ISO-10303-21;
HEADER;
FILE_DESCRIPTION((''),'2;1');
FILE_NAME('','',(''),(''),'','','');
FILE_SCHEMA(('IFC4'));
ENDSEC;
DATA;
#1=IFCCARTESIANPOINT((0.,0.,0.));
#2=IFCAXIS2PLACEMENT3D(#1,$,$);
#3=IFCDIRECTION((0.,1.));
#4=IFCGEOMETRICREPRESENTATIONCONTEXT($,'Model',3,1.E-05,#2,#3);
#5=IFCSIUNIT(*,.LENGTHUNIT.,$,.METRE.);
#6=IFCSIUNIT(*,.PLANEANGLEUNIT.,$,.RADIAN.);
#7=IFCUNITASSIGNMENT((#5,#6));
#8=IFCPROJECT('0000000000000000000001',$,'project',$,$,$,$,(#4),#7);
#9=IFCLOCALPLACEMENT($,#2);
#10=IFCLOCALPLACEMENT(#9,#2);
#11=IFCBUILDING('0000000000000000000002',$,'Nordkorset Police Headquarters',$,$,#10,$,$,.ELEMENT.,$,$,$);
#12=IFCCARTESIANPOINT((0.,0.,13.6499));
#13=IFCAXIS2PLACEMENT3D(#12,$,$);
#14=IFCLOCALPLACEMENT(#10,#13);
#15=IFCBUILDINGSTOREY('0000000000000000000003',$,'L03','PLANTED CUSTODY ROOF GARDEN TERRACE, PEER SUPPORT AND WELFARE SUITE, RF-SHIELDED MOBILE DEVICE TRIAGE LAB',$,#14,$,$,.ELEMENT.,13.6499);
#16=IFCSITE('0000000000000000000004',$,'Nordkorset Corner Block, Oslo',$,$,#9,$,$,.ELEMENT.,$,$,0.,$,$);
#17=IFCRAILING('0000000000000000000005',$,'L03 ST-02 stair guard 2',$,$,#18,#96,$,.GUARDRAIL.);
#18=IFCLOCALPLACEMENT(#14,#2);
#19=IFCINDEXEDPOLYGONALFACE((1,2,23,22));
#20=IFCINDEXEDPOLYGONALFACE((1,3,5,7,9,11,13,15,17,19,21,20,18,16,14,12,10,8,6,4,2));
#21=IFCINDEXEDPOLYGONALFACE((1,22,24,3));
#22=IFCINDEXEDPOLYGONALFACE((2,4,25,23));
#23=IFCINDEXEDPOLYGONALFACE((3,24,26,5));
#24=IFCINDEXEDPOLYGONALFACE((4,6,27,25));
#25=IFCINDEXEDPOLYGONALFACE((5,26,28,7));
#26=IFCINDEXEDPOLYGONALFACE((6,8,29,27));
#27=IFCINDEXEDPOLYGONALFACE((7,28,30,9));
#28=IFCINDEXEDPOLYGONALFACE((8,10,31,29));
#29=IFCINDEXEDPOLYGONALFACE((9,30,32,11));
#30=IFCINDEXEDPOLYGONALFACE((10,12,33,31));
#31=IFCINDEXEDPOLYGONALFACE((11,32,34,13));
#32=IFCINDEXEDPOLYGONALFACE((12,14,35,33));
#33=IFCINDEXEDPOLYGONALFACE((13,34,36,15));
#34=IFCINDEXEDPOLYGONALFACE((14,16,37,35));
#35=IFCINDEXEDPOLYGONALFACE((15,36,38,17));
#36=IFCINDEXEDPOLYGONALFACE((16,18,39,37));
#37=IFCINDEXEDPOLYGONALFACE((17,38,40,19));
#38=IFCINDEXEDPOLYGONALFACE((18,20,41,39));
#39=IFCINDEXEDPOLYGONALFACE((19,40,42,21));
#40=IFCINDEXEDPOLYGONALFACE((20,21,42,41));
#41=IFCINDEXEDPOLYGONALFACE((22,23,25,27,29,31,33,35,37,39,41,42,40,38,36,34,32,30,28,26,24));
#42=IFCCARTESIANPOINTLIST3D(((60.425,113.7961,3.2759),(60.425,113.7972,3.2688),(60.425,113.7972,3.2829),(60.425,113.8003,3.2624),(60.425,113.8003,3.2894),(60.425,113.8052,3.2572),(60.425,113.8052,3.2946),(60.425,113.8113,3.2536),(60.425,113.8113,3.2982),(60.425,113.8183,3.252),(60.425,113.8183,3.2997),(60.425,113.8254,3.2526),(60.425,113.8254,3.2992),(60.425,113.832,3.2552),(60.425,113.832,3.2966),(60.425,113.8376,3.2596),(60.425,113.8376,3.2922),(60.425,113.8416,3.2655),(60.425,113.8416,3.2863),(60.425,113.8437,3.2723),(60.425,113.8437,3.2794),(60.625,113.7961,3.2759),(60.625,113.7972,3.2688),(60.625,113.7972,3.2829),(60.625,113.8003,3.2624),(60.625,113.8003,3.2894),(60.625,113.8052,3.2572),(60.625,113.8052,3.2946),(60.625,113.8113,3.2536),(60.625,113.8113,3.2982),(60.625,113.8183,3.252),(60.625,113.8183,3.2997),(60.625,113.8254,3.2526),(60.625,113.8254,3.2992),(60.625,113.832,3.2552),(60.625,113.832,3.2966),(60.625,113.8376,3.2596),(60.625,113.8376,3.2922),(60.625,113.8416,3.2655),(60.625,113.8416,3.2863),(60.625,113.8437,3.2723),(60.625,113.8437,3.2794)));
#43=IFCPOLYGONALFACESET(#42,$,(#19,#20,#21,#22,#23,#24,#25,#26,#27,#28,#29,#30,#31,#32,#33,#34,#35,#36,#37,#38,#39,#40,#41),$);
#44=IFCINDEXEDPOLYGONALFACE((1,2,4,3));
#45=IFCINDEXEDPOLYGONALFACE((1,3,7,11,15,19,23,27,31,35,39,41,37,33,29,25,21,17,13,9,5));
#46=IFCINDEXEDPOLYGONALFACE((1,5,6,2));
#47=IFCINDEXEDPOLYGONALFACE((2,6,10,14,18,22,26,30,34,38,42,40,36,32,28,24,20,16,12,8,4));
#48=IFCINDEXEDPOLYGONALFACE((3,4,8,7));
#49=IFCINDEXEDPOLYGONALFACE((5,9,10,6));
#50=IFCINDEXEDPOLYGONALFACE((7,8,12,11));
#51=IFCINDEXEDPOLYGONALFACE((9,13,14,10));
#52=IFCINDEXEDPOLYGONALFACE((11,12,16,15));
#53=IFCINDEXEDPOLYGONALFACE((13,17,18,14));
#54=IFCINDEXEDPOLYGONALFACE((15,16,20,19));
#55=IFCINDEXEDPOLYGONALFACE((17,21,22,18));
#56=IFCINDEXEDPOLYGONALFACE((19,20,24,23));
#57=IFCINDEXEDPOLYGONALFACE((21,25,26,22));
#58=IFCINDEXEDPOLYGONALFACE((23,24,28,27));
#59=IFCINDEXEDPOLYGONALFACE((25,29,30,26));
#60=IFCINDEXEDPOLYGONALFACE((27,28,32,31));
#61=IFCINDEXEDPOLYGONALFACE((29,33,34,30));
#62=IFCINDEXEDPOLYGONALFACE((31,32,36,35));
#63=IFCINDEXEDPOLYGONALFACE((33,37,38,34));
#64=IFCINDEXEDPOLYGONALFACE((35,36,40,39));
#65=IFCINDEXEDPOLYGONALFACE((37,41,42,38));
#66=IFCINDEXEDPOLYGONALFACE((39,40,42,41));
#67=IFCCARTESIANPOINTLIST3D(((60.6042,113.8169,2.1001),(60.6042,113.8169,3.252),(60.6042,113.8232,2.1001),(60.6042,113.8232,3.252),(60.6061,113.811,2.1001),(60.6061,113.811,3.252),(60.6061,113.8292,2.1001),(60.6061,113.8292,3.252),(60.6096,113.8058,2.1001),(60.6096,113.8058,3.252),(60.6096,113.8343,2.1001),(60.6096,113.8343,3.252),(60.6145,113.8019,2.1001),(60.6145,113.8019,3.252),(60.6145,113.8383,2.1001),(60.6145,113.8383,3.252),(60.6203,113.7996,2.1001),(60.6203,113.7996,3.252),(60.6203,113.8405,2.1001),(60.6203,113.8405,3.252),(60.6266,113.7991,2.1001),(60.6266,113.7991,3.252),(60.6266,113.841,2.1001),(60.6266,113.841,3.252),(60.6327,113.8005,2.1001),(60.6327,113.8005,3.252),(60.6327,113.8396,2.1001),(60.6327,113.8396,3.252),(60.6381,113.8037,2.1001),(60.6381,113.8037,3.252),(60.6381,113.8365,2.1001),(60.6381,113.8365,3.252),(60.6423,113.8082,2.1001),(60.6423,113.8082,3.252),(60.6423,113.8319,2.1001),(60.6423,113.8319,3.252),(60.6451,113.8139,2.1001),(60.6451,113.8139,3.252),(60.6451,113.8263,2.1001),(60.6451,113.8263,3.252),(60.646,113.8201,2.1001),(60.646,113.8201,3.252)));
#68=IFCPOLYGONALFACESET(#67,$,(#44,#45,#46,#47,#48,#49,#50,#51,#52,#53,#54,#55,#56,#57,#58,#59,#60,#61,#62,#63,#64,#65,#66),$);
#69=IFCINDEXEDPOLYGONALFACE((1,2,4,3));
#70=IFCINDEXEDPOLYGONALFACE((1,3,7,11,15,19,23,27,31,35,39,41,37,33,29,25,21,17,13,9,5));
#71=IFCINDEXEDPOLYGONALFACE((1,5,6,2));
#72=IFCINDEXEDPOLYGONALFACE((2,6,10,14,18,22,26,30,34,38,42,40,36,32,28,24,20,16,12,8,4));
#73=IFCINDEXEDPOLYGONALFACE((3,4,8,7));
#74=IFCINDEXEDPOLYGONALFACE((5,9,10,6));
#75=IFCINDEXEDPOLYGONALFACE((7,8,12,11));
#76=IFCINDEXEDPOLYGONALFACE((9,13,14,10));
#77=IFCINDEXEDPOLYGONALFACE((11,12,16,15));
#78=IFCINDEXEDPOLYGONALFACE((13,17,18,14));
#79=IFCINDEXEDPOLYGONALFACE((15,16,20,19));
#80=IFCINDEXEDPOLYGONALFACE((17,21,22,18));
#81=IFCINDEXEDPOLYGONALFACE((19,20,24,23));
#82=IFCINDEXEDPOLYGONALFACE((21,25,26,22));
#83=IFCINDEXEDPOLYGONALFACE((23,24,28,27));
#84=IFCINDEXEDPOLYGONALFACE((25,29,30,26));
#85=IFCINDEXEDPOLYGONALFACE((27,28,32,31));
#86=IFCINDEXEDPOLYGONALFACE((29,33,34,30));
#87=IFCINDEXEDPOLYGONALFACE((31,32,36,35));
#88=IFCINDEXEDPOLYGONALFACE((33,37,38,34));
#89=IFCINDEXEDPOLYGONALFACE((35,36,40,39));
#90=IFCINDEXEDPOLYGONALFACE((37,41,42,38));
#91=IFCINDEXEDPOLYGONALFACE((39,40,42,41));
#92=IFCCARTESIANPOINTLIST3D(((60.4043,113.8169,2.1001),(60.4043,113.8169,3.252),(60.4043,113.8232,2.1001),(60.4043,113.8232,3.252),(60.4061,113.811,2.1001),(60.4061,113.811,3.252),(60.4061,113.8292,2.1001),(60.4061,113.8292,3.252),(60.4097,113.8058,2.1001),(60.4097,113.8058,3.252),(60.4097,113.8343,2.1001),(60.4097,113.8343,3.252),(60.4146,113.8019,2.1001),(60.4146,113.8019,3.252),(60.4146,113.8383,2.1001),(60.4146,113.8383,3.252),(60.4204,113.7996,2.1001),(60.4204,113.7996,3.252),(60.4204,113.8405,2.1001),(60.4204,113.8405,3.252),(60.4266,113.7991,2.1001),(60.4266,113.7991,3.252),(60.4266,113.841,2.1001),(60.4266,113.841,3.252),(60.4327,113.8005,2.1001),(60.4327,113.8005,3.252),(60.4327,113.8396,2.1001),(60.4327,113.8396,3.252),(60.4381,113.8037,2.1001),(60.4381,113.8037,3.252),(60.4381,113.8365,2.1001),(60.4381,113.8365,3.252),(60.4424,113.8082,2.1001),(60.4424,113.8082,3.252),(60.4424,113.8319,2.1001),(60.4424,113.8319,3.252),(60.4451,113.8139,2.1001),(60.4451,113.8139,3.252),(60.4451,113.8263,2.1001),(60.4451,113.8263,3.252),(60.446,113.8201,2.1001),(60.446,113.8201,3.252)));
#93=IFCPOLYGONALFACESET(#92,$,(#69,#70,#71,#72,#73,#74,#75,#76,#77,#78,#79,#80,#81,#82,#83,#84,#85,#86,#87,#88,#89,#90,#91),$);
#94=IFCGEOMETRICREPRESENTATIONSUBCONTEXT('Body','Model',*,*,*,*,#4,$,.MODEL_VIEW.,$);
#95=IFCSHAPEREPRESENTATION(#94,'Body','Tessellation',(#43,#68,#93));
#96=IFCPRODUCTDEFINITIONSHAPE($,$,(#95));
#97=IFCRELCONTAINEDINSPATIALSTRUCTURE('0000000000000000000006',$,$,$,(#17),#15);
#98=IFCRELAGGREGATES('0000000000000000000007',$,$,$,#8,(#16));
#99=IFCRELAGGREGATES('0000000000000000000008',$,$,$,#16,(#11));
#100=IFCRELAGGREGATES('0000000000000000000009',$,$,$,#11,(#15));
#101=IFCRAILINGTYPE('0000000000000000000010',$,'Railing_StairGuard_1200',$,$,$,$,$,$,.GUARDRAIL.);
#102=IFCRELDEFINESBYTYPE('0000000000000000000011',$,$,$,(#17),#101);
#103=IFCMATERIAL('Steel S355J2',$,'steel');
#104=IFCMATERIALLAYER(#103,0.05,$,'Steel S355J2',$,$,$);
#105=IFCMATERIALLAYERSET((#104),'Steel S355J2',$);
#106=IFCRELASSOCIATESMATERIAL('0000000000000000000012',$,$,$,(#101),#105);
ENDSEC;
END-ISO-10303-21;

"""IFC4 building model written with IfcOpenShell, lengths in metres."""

from ifc_helpers import new_model, si_unit, direction, frame, origin, origin_2d, place, context, subcontext, project, spatial, circle, extrude, material, layer, layer_set, type_object, element, save


model = new_model("IFC4")

# Units and contexts
model_context = context("Model", 3, precision=1e-05, world=origin(), true_north=direction((0.0, 1.0)))
body_context = subcontext(model_context, "Body", "Model", "MODEL_VIEW")
ifc_project = project(units=[si_unit("LENGTHUNIT", "METRE"), si_unit("PLANEANGLEUNIT", "RADIAN")], contexts=[model_context])

# Site, building, storey
site_placement = place(None, origin())
site = spatial("IfcSite", under=ifc_project, at=site_placement, Name="Nordkorset Corner Block, Oslo", CompositionType="ELEMENT", RefElevation=0.0)
building_placement = place(site_placement, origin())
building = spatial("IfcBuilding", under=site, at=building_placement, Name="Nordkorset Police Headquarters", CompositionType="ELEMENT")
storey_placement = place(building_placement, frame((0.0, 0.0, 13.6499)))
storey = spatial("IfcBuildingStorey", under=building, at=storey_placement, Name="L03", Description="PLANTED CUSTODY ROOF GARDEN TERRACE, PEER SUPPORT AND WELFARE SUITE, RF-SHIELDED MOBILE DEVICE TRIAGE LAB", CompositionType="ELEMENT", Elevation=13.6499)

# Railing
ifc_material_1 = material(Name="Steel S355J2", Category="steel")
ifc_layer_1 = layer(ifc_material_1, 0.05, Name="Steel S355J2")
ifc_layer_set_1 = layer_set([ifc_layer_1], Name="Steel S355J2")
railing_type_1 = type_object("IfcRailingType", Name="Railing_StairGuard_1200", PredefinedType="GUARDRAIL", material=ifc_layer_set_1)
railing_1_placement = place(storey_placement, frame((60.625, 113.8201, 2.1001)))
element("IfcRailing", 1, at=railing_1_placement, inside=storey, type_object=railing_type_1, Name="L03 ST-02 stair guard 2", PredefinedType="GUARDRAIL", context=body_context, shape_type="SweptSolid", body=[
    extrude(circle(Radius=0.0239, at=origin_2d()), frame((0.0, 0.0, 1.1758), z_axis=(-1.0, 0.0, 0.0), x_axis=(0.0, -1.0, 0.0)), (0.0, 0.0, 1.0), 0.2),
    extrude(circle(Radius=0.021, at=origin_2d()), origin(), (0.0, 0.0, 1.0), 1.1519),
    extrude(circle(Radius=0.021, at=origin_2d()), frame((-0.2, 0.0, 0.0)), (0.0, 0.0, 1.0), 1.1519),
])

save(model, "model.ifc")
